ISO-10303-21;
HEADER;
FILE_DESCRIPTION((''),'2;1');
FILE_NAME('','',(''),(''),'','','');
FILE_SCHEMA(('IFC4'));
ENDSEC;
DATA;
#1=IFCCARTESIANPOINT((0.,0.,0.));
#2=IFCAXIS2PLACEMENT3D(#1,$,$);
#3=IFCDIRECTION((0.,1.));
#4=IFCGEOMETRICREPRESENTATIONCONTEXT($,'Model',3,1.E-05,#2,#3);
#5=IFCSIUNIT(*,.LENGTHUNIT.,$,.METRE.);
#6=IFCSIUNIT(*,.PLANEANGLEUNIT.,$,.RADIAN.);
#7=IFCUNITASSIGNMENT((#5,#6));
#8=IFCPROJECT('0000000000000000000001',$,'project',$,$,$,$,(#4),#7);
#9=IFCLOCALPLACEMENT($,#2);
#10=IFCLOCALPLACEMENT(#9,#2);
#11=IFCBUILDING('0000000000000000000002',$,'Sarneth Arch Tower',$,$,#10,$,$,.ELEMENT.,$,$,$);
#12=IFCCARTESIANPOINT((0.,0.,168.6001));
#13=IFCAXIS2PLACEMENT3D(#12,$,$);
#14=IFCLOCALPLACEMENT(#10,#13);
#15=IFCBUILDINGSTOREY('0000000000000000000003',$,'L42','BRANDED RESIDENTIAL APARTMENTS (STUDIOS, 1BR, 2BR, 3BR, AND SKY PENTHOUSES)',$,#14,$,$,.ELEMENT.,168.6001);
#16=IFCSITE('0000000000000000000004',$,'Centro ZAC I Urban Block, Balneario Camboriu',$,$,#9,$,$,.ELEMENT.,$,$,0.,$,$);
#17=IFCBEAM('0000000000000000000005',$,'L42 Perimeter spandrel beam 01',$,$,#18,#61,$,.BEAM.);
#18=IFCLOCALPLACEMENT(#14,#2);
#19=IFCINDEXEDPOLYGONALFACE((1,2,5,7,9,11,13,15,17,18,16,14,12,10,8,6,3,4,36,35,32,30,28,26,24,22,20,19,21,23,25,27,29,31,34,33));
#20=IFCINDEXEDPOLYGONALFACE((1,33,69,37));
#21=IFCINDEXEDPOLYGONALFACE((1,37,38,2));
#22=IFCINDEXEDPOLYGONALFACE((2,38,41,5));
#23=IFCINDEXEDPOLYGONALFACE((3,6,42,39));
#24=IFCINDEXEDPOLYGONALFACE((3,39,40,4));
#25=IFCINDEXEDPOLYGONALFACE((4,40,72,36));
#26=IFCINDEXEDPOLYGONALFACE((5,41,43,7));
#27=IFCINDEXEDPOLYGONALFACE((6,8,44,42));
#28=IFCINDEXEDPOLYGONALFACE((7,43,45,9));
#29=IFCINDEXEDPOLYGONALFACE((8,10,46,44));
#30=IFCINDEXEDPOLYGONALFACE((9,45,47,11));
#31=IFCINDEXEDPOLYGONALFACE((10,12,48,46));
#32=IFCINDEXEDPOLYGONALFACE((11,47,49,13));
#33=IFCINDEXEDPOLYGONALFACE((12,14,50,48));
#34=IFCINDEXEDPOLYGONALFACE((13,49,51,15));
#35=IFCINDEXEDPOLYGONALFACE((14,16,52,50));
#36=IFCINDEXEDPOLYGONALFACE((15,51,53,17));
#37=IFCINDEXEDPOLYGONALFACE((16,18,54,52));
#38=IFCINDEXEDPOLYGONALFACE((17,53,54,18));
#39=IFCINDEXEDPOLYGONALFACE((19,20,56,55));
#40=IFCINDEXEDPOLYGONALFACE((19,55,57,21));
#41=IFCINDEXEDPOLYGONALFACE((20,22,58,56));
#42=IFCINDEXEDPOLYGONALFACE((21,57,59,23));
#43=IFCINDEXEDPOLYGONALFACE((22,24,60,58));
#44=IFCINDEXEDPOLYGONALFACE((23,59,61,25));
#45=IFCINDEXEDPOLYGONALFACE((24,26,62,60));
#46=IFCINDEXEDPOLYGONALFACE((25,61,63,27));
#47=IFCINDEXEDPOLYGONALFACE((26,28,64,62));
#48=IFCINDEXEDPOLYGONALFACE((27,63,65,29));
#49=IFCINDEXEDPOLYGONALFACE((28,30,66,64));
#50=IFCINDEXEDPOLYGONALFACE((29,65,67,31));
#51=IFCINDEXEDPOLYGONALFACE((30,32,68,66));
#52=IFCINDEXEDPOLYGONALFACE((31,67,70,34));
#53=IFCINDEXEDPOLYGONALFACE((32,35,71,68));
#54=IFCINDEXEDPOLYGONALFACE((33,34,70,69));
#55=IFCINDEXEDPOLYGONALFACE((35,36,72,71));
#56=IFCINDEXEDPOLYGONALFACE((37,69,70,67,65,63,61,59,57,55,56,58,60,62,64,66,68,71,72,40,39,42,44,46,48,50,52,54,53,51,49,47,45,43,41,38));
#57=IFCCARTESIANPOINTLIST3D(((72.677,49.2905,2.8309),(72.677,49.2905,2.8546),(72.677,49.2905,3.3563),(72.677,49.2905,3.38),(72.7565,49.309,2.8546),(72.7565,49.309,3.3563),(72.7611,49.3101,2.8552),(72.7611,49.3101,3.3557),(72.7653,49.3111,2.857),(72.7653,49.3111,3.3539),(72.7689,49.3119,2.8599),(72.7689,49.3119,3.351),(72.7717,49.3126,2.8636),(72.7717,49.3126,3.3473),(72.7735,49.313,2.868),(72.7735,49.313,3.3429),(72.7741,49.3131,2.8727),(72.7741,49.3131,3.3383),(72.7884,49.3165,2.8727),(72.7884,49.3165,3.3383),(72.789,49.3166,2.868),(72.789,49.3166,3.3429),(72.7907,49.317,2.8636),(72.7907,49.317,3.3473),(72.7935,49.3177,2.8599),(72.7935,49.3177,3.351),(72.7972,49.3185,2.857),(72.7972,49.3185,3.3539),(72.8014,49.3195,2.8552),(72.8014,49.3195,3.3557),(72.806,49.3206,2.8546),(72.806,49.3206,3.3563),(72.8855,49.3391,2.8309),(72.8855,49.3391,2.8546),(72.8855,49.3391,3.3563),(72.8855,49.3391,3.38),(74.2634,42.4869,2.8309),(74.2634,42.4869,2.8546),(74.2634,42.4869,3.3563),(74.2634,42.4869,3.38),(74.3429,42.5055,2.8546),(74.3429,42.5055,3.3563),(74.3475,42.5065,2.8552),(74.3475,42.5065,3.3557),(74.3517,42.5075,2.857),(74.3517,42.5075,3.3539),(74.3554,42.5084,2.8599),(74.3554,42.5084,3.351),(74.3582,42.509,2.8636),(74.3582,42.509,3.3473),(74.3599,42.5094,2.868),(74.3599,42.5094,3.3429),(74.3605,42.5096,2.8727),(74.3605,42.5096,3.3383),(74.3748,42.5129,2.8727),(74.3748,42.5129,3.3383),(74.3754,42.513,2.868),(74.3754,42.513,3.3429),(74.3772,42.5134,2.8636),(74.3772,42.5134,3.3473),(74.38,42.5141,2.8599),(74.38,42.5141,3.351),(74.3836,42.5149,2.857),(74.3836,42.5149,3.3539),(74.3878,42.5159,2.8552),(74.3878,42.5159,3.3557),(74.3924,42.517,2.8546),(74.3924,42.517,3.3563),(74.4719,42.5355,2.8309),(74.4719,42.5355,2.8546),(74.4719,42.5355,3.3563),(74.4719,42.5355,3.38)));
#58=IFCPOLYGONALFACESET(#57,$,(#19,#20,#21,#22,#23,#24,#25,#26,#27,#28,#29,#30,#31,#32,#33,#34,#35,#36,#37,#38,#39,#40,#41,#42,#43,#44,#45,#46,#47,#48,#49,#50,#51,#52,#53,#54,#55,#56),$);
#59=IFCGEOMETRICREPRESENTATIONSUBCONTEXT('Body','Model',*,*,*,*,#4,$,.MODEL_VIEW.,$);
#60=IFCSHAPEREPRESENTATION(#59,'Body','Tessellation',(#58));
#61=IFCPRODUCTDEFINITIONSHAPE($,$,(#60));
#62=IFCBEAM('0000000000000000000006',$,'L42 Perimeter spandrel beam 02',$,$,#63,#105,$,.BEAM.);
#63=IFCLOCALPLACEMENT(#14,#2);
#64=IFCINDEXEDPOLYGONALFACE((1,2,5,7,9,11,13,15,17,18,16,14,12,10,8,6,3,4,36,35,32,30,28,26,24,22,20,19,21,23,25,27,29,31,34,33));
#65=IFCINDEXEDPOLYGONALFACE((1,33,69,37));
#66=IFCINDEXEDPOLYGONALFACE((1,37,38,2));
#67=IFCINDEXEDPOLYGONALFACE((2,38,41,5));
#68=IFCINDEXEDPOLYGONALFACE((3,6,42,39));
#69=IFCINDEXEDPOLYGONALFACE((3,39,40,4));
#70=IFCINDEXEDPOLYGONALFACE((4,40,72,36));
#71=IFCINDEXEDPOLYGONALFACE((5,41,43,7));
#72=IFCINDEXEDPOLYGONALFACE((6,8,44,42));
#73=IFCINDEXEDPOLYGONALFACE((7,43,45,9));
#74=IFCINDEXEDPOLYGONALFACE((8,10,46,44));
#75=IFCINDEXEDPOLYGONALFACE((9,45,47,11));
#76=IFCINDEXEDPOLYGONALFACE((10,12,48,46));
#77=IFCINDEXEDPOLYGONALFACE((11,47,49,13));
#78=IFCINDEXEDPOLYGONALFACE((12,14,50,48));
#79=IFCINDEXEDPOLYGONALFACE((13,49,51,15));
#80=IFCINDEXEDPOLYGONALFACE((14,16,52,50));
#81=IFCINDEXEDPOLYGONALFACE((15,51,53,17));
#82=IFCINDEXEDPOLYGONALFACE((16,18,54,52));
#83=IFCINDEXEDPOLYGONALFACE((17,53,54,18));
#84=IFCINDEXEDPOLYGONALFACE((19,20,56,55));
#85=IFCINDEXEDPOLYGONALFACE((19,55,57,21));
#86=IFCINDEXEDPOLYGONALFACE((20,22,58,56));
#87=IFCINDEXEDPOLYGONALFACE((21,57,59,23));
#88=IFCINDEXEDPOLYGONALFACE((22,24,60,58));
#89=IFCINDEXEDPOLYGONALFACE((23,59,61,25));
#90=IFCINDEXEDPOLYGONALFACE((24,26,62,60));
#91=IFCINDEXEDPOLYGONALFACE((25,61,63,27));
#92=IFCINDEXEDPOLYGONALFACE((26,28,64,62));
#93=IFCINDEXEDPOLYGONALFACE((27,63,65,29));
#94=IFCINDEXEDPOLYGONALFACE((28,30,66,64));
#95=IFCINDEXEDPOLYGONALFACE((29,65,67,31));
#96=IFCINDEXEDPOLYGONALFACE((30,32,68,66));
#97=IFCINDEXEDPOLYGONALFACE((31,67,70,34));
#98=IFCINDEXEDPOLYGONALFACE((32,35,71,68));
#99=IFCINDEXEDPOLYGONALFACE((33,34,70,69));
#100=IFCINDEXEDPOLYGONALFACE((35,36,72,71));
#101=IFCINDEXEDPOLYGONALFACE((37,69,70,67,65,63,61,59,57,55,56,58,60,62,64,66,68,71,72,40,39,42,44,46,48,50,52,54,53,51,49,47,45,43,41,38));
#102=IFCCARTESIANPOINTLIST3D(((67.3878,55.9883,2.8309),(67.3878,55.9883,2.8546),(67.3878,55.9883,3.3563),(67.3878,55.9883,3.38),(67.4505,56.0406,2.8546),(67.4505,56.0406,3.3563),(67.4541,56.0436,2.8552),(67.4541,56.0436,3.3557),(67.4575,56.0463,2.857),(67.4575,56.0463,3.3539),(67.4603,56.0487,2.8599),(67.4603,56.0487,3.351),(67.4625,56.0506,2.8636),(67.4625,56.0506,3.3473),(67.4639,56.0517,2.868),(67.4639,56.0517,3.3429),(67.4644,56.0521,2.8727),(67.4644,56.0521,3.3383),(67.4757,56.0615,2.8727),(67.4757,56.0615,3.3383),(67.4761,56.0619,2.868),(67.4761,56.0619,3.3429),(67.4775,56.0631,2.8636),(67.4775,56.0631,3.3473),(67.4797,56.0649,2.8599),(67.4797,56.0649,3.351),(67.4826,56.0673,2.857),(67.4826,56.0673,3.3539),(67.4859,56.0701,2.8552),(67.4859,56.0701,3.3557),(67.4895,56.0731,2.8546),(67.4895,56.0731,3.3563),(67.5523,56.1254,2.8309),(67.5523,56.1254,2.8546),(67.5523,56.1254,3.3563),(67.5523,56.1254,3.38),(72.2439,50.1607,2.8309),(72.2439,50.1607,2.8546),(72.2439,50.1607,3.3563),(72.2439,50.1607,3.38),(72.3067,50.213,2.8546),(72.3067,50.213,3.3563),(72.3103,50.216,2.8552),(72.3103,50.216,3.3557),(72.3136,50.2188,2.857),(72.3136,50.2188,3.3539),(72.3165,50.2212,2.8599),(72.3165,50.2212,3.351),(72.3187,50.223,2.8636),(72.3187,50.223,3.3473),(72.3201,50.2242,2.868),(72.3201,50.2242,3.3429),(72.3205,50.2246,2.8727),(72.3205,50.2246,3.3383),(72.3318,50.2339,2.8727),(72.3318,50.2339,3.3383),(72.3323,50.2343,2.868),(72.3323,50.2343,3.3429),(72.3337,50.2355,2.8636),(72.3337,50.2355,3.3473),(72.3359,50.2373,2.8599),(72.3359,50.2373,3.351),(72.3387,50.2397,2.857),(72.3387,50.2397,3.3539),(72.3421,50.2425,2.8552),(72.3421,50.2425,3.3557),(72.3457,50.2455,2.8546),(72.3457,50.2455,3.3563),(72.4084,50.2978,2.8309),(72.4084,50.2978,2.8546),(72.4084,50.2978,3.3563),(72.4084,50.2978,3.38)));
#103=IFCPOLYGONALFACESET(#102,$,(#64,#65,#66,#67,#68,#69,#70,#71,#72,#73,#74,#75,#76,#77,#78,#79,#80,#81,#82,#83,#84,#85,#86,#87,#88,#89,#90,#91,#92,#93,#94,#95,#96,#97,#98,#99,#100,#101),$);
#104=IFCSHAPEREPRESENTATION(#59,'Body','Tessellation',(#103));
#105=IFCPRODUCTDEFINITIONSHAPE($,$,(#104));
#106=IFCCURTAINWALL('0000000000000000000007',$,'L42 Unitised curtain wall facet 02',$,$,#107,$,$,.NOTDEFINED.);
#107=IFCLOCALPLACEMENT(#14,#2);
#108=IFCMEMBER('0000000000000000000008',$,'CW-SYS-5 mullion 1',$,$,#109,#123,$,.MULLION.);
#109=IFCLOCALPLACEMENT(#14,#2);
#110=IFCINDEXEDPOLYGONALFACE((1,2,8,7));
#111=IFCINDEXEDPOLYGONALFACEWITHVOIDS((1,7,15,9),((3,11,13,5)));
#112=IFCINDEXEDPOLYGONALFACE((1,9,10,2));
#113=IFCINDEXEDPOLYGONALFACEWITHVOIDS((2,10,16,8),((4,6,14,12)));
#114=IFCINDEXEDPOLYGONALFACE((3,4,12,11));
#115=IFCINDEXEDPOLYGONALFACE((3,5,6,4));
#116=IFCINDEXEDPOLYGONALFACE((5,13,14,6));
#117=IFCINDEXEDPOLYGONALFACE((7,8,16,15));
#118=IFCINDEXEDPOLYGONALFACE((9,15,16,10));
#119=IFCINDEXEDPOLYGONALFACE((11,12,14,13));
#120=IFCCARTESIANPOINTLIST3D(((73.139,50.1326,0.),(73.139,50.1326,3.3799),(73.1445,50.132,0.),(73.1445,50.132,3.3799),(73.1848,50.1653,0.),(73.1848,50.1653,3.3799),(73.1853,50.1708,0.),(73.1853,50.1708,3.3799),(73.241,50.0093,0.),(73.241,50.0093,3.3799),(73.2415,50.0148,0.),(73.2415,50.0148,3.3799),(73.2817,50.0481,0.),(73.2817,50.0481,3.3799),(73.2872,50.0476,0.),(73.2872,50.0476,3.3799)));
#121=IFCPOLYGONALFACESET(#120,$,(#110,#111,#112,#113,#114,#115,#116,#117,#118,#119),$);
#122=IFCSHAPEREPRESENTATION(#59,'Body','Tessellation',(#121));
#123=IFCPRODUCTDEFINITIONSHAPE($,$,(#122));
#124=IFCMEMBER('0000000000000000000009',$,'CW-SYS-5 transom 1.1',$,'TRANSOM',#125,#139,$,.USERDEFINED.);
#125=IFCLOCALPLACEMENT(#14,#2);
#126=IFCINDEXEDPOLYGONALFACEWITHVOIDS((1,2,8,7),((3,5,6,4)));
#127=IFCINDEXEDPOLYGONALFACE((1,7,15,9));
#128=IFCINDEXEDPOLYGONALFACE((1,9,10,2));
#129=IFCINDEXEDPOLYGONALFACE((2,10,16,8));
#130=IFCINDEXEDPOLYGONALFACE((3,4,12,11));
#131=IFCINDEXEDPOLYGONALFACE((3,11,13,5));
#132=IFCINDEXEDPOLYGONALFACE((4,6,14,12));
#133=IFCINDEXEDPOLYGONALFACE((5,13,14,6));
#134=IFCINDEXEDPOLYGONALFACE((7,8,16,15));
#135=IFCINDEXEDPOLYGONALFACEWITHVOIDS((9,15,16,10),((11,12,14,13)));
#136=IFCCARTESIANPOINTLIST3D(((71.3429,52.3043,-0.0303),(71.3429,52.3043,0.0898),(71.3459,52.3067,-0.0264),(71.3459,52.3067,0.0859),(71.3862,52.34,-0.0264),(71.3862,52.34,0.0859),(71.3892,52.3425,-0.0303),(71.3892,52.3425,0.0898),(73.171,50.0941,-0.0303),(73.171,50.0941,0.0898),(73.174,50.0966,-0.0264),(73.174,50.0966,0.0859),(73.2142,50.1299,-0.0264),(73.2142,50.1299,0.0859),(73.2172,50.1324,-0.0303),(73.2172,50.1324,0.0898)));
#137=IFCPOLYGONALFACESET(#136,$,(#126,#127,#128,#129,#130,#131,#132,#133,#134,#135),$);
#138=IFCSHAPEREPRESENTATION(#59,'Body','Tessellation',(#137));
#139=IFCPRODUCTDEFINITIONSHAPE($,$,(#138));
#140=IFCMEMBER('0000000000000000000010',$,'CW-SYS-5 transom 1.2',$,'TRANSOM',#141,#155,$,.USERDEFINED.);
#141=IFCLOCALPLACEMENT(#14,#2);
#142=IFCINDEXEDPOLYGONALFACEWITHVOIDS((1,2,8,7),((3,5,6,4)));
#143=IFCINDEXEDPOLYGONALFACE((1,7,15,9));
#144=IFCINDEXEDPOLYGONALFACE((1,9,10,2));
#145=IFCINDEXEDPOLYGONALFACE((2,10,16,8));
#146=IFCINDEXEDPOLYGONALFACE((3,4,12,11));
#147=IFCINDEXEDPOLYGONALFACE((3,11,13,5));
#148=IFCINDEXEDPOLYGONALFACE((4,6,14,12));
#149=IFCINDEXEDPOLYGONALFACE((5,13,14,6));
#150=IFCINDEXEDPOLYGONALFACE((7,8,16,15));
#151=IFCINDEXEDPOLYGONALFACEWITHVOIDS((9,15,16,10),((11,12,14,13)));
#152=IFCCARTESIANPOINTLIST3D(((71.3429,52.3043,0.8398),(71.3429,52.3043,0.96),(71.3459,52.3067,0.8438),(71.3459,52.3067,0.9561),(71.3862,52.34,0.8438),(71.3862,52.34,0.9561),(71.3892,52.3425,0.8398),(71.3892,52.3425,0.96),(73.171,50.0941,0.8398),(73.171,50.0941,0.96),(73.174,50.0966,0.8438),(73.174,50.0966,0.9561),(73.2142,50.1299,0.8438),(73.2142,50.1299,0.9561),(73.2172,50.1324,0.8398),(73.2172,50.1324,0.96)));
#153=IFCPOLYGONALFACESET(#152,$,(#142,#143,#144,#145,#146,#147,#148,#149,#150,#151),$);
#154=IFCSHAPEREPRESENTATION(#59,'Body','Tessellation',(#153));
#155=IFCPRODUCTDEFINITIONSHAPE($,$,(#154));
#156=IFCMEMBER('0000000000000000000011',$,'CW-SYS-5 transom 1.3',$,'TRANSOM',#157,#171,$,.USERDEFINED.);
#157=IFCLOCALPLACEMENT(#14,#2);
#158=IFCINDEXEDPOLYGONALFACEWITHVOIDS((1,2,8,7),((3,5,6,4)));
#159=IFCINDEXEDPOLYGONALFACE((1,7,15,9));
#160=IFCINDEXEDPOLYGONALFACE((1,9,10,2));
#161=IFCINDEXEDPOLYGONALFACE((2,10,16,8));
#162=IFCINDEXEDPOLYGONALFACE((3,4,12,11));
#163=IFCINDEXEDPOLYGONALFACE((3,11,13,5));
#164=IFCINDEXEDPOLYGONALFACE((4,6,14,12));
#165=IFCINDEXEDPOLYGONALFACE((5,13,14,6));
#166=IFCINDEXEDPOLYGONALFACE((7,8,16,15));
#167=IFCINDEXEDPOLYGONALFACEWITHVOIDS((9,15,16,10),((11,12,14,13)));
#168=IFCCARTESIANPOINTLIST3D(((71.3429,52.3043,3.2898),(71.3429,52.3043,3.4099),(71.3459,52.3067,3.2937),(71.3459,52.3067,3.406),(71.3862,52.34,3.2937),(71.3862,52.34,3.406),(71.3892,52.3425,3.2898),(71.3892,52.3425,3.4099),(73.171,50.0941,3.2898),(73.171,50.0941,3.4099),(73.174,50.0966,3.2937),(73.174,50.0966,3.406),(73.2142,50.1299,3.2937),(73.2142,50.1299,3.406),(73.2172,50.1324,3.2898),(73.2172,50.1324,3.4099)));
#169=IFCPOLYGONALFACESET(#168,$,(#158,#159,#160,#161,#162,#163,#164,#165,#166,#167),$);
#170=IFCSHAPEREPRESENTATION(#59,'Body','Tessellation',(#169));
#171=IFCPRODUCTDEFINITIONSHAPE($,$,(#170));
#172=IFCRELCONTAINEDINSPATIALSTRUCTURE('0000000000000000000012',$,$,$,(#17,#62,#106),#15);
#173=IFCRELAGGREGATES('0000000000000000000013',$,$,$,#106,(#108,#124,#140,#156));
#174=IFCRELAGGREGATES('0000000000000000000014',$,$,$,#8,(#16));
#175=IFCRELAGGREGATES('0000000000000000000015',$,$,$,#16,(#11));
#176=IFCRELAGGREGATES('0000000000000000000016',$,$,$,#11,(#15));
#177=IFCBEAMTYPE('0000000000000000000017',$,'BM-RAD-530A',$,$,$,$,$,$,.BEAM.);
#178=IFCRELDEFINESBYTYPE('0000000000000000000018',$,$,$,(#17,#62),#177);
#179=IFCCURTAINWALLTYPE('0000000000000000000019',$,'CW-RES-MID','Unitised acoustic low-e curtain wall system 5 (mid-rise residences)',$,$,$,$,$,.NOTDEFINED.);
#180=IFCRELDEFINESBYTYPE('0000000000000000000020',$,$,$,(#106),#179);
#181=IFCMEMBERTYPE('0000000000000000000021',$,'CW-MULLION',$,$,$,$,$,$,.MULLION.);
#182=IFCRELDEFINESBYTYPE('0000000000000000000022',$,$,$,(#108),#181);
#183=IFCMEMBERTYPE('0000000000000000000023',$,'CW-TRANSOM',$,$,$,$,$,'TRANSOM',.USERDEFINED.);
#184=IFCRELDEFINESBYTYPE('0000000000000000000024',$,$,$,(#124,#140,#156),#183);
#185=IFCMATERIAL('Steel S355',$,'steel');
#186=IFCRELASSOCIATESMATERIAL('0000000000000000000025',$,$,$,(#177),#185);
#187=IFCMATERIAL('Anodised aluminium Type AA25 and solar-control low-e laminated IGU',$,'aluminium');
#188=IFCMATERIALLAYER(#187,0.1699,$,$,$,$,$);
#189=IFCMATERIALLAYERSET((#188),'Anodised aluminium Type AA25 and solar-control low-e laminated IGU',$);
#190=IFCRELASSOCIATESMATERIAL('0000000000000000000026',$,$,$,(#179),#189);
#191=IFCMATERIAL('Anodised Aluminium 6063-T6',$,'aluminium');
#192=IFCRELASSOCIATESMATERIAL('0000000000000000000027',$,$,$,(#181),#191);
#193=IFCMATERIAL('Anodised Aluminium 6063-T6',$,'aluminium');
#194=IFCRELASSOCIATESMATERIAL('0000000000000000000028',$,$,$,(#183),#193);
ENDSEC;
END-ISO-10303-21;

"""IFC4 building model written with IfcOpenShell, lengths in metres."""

from ifc_helpers import new_model, si_unit, direction, frame, origin, origin_2d, place, context, subcontext, project, spatial, hollow_rectangle, i_section, extrude, material, layer, layer_set, material_profile, profile_set, type_object, element, aggregate, save


model = new_model("IFC4")

# Units and contexts
model_context = context("Model", 3, precision=1e-05, world=origin(), true_north=direction((0.0, 1.0)))
body_context = subcontext(model_context, "Body", "Model", "MODEL_VIEW")
ifc_project = project(units=[si_unit("LENGTHUNIT", "METRE"), si_unit("PLANEANGLEUNIT", "RADIAN")], contexts=[model_context])

# Site, building, storey
site_placement = place(None, origin())
site = spatial("IfcSite", under=ifc_project, at=site_placement, Name="Centro ZAC I Urban Block, Balneario Camboriu", CompositionType="ELEMENT", RefElevation=0.0)
building_placement = place(site_placement, origin())
building = spatial("IfcBuilding", under=site, at=building_placement, Name="Sarneth Arch Tower", CompositionType="ELEMENT")
storey_placement = place(building_placement, frame((0.0, 0.0, 168.6001)))
storey = spatial("IfcBuildingStorey", under=building, at=storey_placement, Name="L42", Description="BRANDED RESIDENTIAL APARTMENTS (STUDIOS, 1BR, 2BR, 3BR, AND SKY PENTHOUSES)", CompositionType="ELEMENT", Elevation=168.6001)

# Beams
ifc_material_1 = material(Name="Steel S355", Category="steel")
ifc_material_profile_1 = material_profile(ifc_material_1, i_section(OverallWidth=0.2141, OverallDepth=0.5491, WebThickness=0.0146, FlangeThickness=0.0237, FilletRadius=0.0181, at=origin_2d()), Name="W530x138")
ifc_profile_set_1 = profile_set([ifc_material_profile_1], Name="Steel S355")
beam_type = type_object("IfcBeamType", Name="BM-RAD-530A", PredefinedType="BEAM", material=ifc_profile_set_1)
beam_1_placement = place(storey_placement, frame((74.3677, 42.5112, 3.1055), z_axis=(-0.227087, 0.973874, 0.0), x_axis=(-0.973874, -0.227087, 0.0)))
element("IfcBeam", 1, at=beam_1_placement, inside=storey, type_object=beam_type, Name="L42 Perimeter spandrel beam 01", PredefinedType="BEAM", context=body_context, shape_type="SweptSolid", body=[
    extrude(i_section(OverallWidth=0.2141, OverallDepth=0.5491, WebThickness=0.0146, FlangeThickness=0.0237, FilletRadius=0.0181, at=origin_2d()), origin(), (0.0, 0.0, 1.0), 6.9861),
])
beam_2_placement = place(storey_placement, frame((72.3262, 50.2292, 3.1055), z_axis=(-0.640172, 0.768232, 0.0), x_axis=(-0.768232, -0.640172, 0.0)))
element("IfcBeam", 2, at=beam_2_placement, inside=storey, type_object=beam_type, Name="L42 Perimeter spandrel beam 02", PredefinedType="BEAM", context=body_context, shape_type="SweptSolid", body=[
    extrude(i_section(OverallWidth=0.2141, OverallDepth=0.5491, WebThickness=0.0146, FlangeThickness=0.0237, FilletRadius=0.0181, at=origin_2d()), origin(), (0.0, 0.0, 1.0), 7.5857),
])

# Curtain wall, members
ifc_material_2 = material(Name="Anodised aluminium Type AA25 and solar-control low-e laminated IGU", Category="aluminium")
ifc_layer_1 = layer(ifc_material_2, 0.1699)
ifc_layer_set_1 = layer_set([ifc_layer_1], Name="Anodised aluminium Type AA25 and solar-control low-e laminated IGU")
curtain_wall_type = type_object("IfcCurtainWallType", Name="CW-RES-MID", Description="Unitised acoustic low-e curtain wall system 5 (mid-rise residences)", PredefinedType="NOTDEFINED", material=ifc_layer_set_1)
curtain_wall_placement = place(storey_placement, origin())
curtain_wall = element("IfcCurtainWall", 3, at=curtain_wall_placement, inside=storey, type_object=curtain_wall_type, Name="L42 Unitised curtain wall facet 02", PredefinedType="NOTDEFINED")
ifc_material_3 = material(Name="Anodised Aluminium 6063-T6", Category="aluminium")
ifc_material_profile_2 = material_profile(ifc_material_3, hollow_rectangle(XDim=0.0601, YDim=0.1599, WallThickness=0.0039, at=origin_2d()), Name="AL-MULL-160x60x4")
ifc_profile_set_2 = profile_set([ifc_material_profile_2], Name="Anodised Aluminium 6063-T6")
member_type_1 = type_object("IfcMemberType", Name="CW-MULLION", PredefinedType="MULLION", material=ifc_profile_set_2)
member_1_placement = place(storey_placement, frame((73.2131, 50.0901, 0.0), z_axis=(0.0, 0.0, 1.0), x_axis=(-0.770591, -0.63733, 0.0)))
member_1 = element("IfcMember", 4, at=member_1_placement, type_object=member_type_1, Name="CW-SYS-5 mullion 1", PredefinedType="MULLION", context=body_context, shape_type="SweptSolid", body=[
    extrude(hollow_rectangle(XDim=0.0601, YDim=0.1599, WallThickness=0.0039, at=origin_2d()), origin(), (0.0, 0.0, 1.0), 3.3799),
])
ifc_material_4 = material(Name="Anodised Aluminium 6063-T6", Category="aluminium")
ifc_material_profile_3 = material_profile(ifc_material_4, hollow_rectangle(XDim=0.0601, YDim=0.1201, WallThickness=0.0039, at=origin_2d()), Name="AL-TRAN-120x60x4")
ifc_profile_set_3 = profile_set([ifc_material_profile_3], Name="Anodised Aluminium 6063-T6")
member_type_2 = type_object("IfcMemberType", Name="CW-TRANSOM", ElementType="TRANSOM", PredefinedType="USERDEFINED", material=ifc_profile_set_3)
member_2_placement = place(storey_placement, frame((73.1941, 50.1133, 0.0298), z_axis=(-0.637359, 0.770567, 0.0), x_axis=(-0.770567, -0.637359, 0.0)))
member_2 = element("IfcMember", 5, at=member_2_placement, type_object=member_type_2, Name="CW-SYS-5 transom 1.1", ObjectType="TRANSOM", PredefinedType="USERDEFINED", context=body_context, shape_type="SweptSolid", body=[
    extrude(hollow_rectangle(XDim=0.0601, YDim=0.1201, WallThickness=0.0039, at=origin_2d()), origin(), (0.0, 0.0, 1.0), 2.8682),
])
member_3_placement = place(storey_placement, frame((73.1941, 50.1133, 0.8999), z_axis=(-0.637359, 0.770567, 0.0), x_axis=(-0.770567, -0.637359, 0.0)))
member_3 = element("IfcMember", 6, at=member_3_placement, type_object=member_type_2, Name="CW-SYS-5 transom 1.2", ObjectType="TRANSOM", PredefinedType="USERDEFINED", context=body_context, shape_type="SweptSolid", body=[
    extrude(hollow_rectangle(XDim=0.0601, YDim=0.1201, WallThickness=0.0039, at=origin_2d()), origin(), (0.0, 0.0, 1.0), 2.8682),
])
member_4_placement = place(storey_placement, frame((73.1941, 50.1133, 3.3499), z_axis=(-0.637359, 0.770567, 0.0), x_axis=(-0.770567, -0.637359, 0.0)))
member_4 = element("IfcMember", 7, at=member_4_placement, type_object=member_type_2, Name="CW-SYS-5 transom 1.3", ObjectType="TRANSOM", PredefinedType="USERDEFINED", context=body_context, shape_type="SweptSolid", body=[
    extrude(hollow_rectangle(XDim=0.0601, YDim=0.1201, WallThickness=0.0039, at=origin_2d()), origin(), (0.0, 0.0, 1.0), 2.8682),
])

aggregate(curtain_wall, [member_1, member_2, member_3, member_4])

save(model, "model.ifc")
